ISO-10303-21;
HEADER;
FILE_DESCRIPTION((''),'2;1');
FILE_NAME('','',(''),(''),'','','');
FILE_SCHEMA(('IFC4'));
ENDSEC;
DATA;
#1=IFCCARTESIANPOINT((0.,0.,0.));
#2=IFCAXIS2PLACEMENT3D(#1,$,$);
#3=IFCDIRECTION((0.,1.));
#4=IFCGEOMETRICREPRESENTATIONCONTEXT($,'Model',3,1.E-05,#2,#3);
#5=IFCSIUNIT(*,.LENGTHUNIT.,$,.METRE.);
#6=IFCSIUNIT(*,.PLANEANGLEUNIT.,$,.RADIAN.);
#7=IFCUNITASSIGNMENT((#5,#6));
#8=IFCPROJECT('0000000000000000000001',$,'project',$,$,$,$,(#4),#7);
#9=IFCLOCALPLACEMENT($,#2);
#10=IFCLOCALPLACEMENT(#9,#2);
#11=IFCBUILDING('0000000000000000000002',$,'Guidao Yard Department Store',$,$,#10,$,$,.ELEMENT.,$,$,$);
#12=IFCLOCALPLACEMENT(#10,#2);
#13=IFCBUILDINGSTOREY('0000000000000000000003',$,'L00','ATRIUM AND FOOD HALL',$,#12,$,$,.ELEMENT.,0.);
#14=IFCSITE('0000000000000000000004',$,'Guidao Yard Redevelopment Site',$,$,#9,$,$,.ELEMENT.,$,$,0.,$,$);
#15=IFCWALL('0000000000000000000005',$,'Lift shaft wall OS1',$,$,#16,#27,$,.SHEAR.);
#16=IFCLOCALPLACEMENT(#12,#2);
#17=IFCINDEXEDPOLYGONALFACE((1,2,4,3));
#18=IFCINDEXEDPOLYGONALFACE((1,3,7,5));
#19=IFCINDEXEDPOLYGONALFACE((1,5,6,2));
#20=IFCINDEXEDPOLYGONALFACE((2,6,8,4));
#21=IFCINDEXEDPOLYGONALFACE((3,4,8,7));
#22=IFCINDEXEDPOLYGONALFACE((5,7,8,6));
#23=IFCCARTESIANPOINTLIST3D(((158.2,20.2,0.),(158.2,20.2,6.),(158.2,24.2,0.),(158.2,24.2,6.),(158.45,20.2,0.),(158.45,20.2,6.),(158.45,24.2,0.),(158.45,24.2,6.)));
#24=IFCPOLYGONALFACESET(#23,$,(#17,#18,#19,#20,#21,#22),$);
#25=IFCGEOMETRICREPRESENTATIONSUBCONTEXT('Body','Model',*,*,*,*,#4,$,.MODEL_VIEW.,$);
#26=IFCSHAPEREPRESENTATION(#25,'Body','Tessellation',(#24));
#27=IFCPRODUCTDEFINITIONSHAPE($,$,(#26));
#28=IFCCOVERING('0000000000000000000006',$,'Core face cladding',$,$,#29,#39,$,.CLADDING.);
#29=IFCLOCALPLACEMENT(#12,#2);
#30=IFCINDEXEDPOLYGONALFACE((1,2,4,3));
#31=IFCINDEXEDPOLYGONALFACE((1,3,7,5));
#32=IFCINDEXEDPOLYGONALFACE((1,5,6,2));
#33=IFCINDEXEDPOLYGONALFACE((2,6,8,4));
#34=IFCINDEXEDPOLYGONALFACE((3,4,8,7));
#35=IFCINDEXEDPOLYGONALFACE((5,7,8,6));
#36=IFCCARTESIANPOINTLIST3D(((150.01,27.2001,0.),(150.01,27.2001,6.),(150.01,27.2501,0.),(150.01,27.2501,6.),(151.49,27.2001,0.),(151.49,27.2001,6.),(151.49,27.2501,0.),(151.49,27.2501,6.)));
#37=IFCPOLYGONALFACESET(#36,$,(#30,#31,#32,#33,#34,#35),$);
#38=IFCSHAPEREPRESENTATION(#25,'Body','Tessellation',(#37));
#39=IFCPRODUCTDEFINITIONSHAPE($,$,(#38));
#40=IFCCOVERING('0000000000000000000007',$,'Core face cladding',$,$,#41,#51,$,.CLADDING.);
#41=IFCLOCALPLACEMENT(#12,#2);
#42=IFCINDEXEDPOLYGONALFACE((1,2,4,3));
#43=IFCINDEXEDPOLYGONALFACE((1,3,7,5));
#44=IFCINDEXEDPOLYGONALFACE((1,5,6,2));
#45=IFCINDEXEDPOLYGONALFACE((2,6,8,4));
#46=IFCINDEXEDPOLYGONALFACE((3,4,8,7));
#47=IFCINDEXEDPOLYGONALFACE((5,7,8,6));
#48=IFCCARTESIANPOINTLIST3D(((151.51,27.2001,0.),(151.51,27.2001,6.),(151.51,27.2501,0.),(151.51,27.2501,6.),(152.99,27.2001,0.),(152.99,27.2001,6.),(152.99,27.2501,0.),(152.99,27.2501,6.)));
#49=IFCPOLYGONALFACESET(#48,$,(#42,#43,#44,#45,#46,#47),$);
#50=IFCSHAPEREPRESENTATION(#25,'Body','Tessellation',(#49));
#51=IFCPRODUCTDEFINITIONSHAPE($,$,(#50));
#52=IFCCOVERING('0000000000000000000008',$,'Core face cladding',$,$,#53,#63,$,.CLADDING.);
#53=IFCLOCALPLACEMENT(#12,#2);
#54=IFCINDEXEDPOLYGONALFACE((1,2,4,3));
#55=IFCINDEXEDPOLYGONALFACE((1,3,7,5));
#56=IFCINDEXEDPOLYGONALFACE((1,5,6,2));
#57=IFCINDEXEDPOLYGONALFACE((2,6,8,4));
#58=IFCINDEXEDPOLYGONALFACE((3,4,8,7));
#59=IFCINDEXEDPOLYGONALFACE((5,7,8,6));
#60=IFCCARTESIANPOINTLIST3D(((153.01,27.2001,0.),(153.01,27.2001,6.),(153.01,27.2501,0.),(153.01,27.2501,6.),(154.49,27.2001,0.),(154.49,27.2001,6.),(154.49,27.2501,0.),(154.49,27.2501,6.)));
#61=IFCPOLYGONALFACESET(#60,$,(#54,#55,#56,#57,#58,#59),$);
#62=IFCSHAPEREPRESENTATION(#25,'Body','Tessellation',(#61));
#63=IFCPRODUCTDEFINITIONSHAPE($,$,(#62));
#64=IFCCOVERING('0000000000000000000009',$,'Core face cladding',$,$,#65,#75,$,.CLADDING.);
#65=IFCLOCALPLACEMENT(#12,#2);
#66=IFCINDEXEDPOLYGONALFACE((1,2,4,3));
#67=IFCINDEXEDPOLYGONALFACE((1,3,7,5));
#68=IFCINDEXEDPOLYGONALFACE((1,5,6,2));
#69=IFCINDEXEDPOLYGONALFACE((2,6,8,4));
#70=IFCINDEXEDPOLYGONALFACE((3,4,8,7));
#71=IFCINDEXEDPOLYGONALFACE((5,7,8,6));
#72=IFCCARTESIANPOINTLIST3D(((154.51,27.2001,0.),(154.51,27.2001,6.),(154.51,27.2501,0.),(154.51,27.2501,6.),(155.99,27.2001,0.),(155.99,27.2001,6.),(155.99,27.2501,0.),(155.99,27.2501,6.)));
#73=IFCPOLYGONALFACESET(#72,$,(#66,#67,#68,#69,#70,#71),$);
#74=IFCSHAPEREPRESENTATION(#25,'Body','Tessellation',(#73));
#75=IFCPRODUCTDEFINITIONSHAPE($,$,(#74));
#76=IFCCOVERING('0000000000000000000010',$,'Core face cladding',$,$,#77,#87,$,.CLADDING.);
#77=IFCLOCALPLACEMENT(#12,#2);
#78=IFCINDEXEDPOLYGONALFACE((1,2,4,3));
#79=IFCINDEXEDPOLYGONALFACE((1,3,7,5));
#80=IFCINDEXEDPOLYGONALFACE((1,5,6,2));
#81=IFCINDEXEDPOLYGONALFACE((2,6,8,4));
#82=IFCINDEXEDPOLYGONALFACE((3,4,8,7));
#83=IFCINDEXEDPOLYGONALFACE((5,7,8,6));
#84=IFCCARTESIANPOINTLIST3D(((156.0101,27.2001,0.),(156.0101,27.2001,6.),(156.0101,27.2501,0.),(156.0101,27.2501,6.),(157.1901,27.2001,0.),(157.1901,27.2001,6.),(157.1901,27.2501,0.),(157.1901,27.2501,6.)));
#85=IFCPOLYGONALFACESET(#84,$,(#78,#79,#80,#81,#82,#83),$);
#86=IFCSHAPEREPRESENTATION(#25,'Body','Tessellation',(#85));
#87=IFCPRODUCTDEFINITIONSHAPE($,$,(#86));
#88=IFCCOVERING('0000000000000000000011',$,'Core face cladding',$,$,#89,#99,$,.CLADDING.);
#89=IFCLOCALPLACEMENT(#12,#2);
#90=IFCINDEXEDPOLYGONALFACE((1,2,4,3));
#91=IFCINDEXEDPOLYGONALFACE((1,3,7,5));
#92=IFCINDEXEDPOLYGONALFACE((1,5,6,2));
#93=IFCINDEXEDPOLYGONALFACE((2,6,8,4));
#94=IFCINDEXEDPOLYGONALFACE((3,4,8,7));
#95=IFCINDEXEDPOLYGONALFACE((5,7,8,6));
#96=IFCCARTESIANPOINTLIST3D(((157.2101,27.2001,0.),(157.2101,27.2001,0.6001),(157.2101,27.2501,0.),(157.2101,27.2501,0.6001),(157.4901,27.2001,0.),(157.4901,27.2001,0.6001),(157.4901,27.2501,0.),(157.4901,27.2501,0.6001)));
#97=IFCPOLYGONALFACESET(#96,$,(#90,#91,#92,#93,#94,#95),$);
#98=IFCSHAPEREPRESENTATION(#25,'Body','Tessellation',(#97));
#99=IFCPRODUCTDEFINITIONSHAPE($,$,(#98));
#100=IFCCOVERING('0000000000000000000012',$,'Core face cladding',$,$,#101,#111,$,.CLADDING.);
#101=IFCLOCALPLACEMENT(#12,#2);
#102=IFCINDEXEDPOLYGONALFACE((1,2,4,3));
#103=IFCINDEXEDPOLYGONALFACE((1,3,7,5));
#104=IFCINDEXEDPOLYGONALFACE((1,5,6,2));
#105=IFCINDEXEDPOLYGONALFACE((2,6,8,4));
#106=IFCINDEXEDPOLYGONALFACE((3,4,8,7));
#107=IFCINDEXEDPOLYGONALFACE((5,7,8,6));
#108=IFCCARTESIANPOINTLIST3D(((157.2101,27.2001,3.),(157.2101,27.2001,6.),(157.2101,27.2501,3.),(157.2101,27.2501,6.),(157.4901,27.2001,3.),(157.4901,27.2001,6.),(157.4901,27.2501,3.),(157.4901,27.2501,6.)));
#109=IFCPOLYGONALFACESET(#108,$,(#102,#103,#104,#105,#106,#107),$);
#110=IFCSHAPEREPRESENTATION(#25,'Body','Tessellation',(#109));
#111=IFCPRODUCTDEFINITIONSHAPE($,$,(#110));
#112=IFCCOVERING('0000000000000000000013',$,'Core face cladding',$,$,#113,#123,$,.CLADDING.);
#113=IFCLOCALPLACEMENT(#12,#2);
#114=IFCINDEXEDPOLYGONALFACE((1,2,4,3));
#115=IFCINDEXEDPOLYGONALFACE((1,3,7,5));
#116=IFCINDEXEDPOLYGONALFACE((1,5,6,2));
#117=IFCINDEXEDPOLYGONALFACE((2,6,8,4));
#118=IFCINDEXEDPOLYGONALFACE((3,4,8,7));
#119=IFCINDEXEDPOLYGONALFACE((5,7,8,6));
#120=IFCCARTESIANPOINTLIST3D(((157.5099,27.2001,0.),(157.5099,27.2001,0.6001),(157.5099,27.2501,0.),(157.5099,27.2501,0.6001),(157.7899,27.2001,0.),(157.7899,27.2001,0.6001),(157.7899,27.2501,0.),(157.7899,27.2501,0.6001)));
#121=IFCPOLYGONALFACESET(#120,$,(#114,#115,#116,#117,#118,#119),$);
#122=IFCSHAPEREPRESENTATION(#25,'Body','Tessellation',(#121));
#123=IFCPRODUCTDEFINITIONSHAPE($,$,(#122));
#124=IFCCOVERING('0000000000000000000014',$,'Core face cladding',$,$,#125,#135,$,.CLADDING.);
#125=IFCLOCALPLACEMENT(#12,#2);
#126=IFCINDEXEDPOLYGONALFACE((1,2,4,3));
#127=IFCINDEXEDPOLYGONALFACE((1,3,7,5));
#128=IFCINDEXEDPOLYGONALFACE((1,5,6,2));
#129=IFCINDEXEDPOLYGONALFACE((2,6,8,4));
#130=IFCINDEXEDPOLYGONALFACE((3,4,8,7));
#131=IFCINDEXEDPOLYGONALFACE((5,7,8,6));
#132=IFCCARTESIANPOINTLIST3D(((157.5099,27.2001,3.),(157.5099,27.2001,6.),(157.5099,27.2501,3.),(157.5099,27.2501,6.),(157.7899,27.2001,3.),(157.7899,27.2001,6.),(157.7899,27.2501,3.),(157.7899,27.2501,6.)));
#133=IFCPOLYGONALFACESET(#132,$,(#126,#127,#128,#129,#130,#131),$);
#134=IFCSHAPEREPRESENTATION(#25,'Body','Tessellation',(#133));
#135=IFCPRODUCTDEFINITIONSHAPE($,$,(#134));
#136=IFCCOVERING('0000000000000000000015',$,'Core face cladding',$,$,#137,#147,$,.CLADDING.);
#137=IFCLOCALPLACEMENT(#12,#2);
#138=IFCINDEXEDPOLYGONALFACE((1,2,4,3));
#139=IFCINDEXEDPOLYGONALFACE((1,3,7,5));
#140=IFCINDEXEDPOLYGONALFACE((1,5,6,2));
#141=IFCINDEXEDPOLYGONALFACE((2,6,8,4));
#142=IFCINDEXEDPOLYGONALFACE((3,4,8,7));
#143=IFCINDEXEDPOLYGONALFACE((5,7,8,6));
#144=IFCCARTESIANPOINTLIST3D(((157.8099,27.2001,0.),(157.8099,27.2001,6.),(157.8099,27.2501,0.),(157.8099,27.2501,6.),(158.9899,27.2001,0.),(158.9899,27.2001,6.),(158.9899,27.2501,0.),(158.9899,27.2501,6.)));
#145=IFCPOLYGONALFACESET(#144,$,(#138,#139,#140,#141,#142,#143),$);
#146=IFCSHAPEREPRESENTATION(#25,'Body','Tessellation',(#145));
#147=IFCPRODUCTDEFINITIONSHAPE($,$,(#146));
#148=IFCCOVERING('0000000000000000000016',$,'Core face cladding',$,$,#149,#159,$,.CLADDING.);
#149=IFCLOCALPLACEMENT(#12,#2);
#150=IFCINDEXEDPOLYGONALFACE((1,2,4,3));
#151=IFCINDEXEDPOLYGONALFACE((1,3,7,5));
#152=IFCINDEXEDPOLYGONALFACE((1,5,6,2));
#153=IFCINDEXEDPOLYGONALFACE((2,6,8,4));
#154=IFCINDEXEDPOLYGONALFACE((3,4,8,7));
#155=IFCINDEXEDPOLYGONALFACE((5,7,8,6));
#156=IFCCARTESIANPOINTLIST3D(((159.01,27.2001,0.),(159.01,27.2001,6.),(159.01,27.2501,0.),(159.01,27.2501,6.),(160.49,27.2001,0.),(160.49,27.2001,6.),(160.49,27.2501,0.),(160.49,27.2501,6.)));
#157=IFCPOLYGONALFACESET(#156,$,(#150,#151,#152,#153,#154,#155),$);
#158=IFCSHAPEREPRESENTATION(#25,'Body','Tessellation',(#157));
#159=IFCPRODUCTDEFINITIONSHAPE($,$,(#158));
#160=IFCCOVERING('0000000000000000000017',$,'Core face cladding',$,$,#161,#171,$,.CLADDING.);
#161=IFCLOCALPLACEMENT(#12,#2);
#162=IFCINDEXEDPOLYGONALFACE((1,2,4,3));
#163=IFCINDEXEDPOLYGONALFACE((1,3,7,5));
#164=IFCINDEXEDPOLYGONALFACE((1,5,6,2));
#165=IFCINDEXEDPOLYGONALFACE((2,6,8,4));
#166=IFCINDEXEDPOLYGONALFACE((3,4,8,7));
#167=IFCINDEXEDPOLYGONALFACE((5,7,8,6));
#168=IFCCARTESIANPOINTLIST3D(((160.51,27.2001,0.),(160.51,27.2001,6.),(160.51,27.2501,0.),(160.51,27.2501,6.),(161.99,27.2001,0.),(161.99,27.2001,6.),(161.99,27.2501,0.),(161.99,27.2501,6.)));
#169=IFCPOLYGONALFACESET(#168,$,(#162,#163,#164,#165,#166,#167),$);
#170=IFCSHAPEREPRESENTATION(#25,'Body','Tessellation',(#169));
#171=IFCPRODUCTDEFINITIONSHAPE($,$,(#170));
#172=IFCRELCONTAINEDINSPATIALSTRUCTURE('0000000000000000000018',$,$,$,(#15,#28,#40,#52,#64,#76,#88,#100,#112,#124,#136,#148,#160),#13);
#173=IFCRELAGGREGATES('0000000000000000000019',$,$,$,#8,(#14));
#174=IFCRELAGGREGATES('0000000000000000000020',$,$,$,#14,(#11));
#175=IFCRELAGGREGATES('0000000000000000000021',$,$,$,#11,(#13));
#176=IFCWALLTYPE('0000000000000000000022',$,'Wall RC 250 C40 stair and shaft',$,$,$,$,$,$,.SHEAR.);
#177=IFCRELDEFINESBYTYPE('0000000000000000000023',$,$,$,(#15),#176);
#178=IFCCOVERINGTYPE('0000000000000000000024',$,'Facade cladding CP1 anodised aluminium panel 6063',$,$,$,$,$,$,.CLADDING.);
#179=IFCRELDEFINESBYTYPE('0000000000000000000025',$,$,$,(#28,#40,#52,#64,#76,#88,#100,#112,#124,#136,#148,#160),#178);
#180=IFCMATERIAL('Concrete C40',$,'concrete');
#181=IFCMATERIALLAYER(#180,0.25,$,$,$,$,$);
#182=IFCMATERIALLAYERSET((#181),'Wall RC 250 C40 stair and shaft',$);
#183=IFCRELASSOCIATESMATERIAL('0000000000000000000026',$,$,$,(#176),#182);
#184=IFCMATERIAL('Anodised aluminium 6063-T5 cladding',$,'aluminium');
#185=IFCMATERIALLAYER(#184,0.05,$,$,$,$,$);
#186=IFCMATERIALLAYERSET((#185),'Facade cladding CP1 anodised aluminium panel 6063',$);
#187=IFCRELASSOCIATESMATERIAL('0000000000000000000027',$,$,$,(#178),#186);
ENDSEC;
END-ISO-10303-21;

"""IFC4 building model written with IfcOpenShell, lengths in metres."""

from ifc_helpers import new_model, si_unit, direction, frame, frame_2d, origin, origin_2d, place, context, subcontext, project, spatial, rectangle, extrude, material, layer, layer_set, type_object, element, save


model = new_model("IFC4")

# Units and contexts
model_context = context("Model", 3, precision=1e-05, world=origin(), true_north=direction((0.0, 1.0)))
body_context = subcontext(model_context, "Body", "Model", "MODEL_VIEW")
ifc_project = project(units=[si_unit("LENGTHUNIT", "METRE"), si_unit("PLANEANGLEUNIT", "RADIAN")], contexts=[model_context])

# Site, building, storey
site_placement = place(None, origin())
site = spatial("IfcSite", under=ifc_project, at=site_placement, Name="Guidao Yard Redevelopment Site", CompositionType="ELEMENT", RefElevation=0.0)
building_placement = place(site_placement, origin())
building = spatial("IfcBuilding", under=site, at=building_placement, Name="Guidao Yard Department Store", CompositionType="ELEMENT")
storey_placement = place(building_placement, origin())
storey = spatial("IfcBuildingStorey", under=building, at=storey_placement, Name="L00", Description="ATRIUM AND FOOD HALL", CompositionType="ELEMENT", Elevation=0.0)

# Shared definitions
ifc_material_1 = material(Name="Concrete C40", Category="concrete")
ifc_layer_1 = layer(ifc_material_1, 0.25)
ifc_layer_set_1 = layer_set([ifc_layer_1], Name="Wall RC 250 C40 stair and shaft")
wall_type_1 = type_object("IfcWallType", Name="Wall RC 250 C40 stair and shaft", PredefinedType="SHEAR", material=ifc_layer_set_1)

# Wall
for number, where, z_axis, x_axis, name in (
    (1, (158.325, 20.2, 0.0), (0.0, 0.0, 1.0), (0.0, 1.0, 0.0), "Lift shaft wall OS1"),
):
    element("IfcWall", number, at=place(storey_placement, frame(where, z_axis=z_axis, x_axis=x_axis)), inside=storey, type_object=wall_type_1, Name=name, PredefinedType="SHEAR", context=body_context, shape_type="SweptSolid", body=[
        extrude(rectangle(XDim=4.0, YDim=0.25, at=frame_2d((2.0, 0.0))), origin(), (0.0, 0.0, 1.0), 6.0),
    ])

# Coverings
ifc_material_2 = material(Name="Anodised aluminium 6063-T5 cladding", Category="aluminium")
ifc_layer_2 = layer(ifc_material_2, 0.05)
ifc_layer_set_2 = layer_set([ifc_layer_2], Name="Facade cladding CP1 anodised aluminium panel 6063")
covering_type = type_object("IfcCoveringType", Name="Facade cladding CP1 anodised aluminium panel 6063", PredefinedType="CLADDING", material=ifc_layer_set_2)
for number, where, z_axis, x_axis, name in (
    (2, (150.75, 27.2251, 0.0), (0.0, 0.0, 1.0), (1.0, 0.0, 0.0), "Core face cladding"),
    (3, (152.25, 27.2251, 0.0), (0.0, 0.0, 1.0), (1.0, 0.0, 0.0), "Core face cladding"),
    (4, (153.75, 27.2251, 0.0), (0.0, 0.0, 1.0), (1.0, 0.0, 0.0), "Core face cladding"),
    (5, (155.25, 27.2251, 0.0), (0.0, 0.0, 1.0), (1.0, 0.0, 0.0), "Core face cladding"),
):
    element("IfcCovering", number, at=place(storey_placement, frame(where, z_axis=z_axis, x_axis=x_axis)), inside=storey, type_object=covering_type, Name=name, PredefinedType="CLADDING", context=body_context, shape_type="SweptSolid", body=[
        extrude(rectangle(XDim=1.48, YDim=0.05, at=origin_2d()), origin(), (0.0, 0.0, 1.0), 6.0),
    ])
covering_1_placement = place(storey_placement, frame((156.6001, 27.2251, 0.0), z_axis=(0.0, 0.0, 1.0), x_axis=(1.0, 0.0, 0.0)))
element("IfcCovering", 6, at=covering_1_placement, inside=storey, type_object=covering_type, Name="Core face cladding", PredefinedType="CLADDING", context=body_context, shape_type="SweptSolid", body=[
    extrude(rectangle(XDim=1.1799, YDim=0.05, at=origin_2d()), origin(), (0.0, 0.0, 1.0), 6.0),
])
covering_2_placement = place(storey_placement, frame((157.3501, 27.2251, 0.0), z_axis=(0.0, 0.0, 1.0), x_axis=(1.0, 0.0, 0.0)))
element("IfcCovering", 7, at=covering_2_placement, inside=storey, type_object=covering_type, Name="Core face cladding", PredefinedType="CLADDING", context=body_context, shape_type="SweptSolid", body=[
    extrude(rectangle(XDim=0.28, YDim=0.05, at=origin_2d()), origin(), (0.0, 0.0, 1.0), 0.6001),
])
covering_3_placement = place(storey_placement, frame((157.3501, 27.2251, 3.0), z_axis=(0.0, 0.0, 1.0), x_axis=(1.0, 0.0, 0.0)))
element("IfcCovering", 8, at=covering_3_placement, inside=storey, type_object=covering_type, Name="Core face cladding", PredefinedType="CLADDING", context=body_context, shape_type="SweptSolid", body=[
    extrude(rectangle(XDim=0.28, YDim=0.05, at=origin_2d()), origin(), (0.0, 0.0, 1.0), 3.0),
])
covering_4_placement = place(storey_placement, frame((157.6499, 27.2251, 0.0), z_axis=(0.0, 0.0, 1.0), x_axis=(1.0, 0.0, 0.0)))
element("IfcCovering", 9, at=covering_4_placement, inside=storey, type_object=covering_type, Name="Core face cladding", PredefinedType="CLADDING", context=body_context, shape_type="SweptSolid", body=[
    extrude(rectangle(XDim=0.28, YDim=0.05, at=origin_2d()), origin(), (0.0, 0.0, 1.0), 0.6001),
])
covering_5_placement = place(storey_placement, frame((157.6499, 27.2251, 3.0), z_axis=(0.0, 0.0, 1.0), x_axis=(1.0, 0.0, 0.0)))
element("IfcCovering", 10, at=covering_5_placement, inside=storey, type_object=covering_type, Name="Core face cladding", PredefinedType="CLADDING", context=body_context, shape_type="SweptSolid", body=[
    extrude(rectangle(XDim=0.28, YDim=0.05, at=origin_2d()), origin(), (0.0, 0.0, 1.0), 3.0),
])
covering_6_placement = place(storey_placement, frame((158.3999, 27.2251, 0.0), z_axis=(0.0, 0.0, 1.0), x_axis=(1.0, 0.0, 0.0)))
element("IfcCovering", 11, at=covering_6_placement, inside=storey, type_object=covering_type, Name="Core face cladding", PredefinedType="CLADDING", context=body_context, shape_type="SweptSolid", body=[
    extrude(rectangle(XDim=1.1799, YDim=0.05, at=origin_2d()), origin(), (0.0, 0.0, 1.0), 6.0),
])
for number, where, z_axis, x_axis, name in (
    (12, (159.75, 27.2251, 0.0), (0.0, 0.0, 1.0), (1.0, 0.0, 0.0), "Core face cladding"),
    (13, (161.25, 27.2251, 0.0), (0.0, 0.0, 1.0), (1.0, 0.0, 0.0), "Core face cladding"),
):
    element("IfcCovering", number, at=place(storey_placement, frame(where, z_axis=z_axis, x_axis=x_axis)), inside=storey, type_object=covering_type, Name=name, PredefinedType="CLADDING", context=body_context, shape_type="SweptSolid", body=[
        extrude(rectangle(XDim=1.48, YDim=0.05, at=origin_2d()), origin(), (0.0, 0.0, 1.0), 6.0),
    ])

save(model, "model.ifc")
